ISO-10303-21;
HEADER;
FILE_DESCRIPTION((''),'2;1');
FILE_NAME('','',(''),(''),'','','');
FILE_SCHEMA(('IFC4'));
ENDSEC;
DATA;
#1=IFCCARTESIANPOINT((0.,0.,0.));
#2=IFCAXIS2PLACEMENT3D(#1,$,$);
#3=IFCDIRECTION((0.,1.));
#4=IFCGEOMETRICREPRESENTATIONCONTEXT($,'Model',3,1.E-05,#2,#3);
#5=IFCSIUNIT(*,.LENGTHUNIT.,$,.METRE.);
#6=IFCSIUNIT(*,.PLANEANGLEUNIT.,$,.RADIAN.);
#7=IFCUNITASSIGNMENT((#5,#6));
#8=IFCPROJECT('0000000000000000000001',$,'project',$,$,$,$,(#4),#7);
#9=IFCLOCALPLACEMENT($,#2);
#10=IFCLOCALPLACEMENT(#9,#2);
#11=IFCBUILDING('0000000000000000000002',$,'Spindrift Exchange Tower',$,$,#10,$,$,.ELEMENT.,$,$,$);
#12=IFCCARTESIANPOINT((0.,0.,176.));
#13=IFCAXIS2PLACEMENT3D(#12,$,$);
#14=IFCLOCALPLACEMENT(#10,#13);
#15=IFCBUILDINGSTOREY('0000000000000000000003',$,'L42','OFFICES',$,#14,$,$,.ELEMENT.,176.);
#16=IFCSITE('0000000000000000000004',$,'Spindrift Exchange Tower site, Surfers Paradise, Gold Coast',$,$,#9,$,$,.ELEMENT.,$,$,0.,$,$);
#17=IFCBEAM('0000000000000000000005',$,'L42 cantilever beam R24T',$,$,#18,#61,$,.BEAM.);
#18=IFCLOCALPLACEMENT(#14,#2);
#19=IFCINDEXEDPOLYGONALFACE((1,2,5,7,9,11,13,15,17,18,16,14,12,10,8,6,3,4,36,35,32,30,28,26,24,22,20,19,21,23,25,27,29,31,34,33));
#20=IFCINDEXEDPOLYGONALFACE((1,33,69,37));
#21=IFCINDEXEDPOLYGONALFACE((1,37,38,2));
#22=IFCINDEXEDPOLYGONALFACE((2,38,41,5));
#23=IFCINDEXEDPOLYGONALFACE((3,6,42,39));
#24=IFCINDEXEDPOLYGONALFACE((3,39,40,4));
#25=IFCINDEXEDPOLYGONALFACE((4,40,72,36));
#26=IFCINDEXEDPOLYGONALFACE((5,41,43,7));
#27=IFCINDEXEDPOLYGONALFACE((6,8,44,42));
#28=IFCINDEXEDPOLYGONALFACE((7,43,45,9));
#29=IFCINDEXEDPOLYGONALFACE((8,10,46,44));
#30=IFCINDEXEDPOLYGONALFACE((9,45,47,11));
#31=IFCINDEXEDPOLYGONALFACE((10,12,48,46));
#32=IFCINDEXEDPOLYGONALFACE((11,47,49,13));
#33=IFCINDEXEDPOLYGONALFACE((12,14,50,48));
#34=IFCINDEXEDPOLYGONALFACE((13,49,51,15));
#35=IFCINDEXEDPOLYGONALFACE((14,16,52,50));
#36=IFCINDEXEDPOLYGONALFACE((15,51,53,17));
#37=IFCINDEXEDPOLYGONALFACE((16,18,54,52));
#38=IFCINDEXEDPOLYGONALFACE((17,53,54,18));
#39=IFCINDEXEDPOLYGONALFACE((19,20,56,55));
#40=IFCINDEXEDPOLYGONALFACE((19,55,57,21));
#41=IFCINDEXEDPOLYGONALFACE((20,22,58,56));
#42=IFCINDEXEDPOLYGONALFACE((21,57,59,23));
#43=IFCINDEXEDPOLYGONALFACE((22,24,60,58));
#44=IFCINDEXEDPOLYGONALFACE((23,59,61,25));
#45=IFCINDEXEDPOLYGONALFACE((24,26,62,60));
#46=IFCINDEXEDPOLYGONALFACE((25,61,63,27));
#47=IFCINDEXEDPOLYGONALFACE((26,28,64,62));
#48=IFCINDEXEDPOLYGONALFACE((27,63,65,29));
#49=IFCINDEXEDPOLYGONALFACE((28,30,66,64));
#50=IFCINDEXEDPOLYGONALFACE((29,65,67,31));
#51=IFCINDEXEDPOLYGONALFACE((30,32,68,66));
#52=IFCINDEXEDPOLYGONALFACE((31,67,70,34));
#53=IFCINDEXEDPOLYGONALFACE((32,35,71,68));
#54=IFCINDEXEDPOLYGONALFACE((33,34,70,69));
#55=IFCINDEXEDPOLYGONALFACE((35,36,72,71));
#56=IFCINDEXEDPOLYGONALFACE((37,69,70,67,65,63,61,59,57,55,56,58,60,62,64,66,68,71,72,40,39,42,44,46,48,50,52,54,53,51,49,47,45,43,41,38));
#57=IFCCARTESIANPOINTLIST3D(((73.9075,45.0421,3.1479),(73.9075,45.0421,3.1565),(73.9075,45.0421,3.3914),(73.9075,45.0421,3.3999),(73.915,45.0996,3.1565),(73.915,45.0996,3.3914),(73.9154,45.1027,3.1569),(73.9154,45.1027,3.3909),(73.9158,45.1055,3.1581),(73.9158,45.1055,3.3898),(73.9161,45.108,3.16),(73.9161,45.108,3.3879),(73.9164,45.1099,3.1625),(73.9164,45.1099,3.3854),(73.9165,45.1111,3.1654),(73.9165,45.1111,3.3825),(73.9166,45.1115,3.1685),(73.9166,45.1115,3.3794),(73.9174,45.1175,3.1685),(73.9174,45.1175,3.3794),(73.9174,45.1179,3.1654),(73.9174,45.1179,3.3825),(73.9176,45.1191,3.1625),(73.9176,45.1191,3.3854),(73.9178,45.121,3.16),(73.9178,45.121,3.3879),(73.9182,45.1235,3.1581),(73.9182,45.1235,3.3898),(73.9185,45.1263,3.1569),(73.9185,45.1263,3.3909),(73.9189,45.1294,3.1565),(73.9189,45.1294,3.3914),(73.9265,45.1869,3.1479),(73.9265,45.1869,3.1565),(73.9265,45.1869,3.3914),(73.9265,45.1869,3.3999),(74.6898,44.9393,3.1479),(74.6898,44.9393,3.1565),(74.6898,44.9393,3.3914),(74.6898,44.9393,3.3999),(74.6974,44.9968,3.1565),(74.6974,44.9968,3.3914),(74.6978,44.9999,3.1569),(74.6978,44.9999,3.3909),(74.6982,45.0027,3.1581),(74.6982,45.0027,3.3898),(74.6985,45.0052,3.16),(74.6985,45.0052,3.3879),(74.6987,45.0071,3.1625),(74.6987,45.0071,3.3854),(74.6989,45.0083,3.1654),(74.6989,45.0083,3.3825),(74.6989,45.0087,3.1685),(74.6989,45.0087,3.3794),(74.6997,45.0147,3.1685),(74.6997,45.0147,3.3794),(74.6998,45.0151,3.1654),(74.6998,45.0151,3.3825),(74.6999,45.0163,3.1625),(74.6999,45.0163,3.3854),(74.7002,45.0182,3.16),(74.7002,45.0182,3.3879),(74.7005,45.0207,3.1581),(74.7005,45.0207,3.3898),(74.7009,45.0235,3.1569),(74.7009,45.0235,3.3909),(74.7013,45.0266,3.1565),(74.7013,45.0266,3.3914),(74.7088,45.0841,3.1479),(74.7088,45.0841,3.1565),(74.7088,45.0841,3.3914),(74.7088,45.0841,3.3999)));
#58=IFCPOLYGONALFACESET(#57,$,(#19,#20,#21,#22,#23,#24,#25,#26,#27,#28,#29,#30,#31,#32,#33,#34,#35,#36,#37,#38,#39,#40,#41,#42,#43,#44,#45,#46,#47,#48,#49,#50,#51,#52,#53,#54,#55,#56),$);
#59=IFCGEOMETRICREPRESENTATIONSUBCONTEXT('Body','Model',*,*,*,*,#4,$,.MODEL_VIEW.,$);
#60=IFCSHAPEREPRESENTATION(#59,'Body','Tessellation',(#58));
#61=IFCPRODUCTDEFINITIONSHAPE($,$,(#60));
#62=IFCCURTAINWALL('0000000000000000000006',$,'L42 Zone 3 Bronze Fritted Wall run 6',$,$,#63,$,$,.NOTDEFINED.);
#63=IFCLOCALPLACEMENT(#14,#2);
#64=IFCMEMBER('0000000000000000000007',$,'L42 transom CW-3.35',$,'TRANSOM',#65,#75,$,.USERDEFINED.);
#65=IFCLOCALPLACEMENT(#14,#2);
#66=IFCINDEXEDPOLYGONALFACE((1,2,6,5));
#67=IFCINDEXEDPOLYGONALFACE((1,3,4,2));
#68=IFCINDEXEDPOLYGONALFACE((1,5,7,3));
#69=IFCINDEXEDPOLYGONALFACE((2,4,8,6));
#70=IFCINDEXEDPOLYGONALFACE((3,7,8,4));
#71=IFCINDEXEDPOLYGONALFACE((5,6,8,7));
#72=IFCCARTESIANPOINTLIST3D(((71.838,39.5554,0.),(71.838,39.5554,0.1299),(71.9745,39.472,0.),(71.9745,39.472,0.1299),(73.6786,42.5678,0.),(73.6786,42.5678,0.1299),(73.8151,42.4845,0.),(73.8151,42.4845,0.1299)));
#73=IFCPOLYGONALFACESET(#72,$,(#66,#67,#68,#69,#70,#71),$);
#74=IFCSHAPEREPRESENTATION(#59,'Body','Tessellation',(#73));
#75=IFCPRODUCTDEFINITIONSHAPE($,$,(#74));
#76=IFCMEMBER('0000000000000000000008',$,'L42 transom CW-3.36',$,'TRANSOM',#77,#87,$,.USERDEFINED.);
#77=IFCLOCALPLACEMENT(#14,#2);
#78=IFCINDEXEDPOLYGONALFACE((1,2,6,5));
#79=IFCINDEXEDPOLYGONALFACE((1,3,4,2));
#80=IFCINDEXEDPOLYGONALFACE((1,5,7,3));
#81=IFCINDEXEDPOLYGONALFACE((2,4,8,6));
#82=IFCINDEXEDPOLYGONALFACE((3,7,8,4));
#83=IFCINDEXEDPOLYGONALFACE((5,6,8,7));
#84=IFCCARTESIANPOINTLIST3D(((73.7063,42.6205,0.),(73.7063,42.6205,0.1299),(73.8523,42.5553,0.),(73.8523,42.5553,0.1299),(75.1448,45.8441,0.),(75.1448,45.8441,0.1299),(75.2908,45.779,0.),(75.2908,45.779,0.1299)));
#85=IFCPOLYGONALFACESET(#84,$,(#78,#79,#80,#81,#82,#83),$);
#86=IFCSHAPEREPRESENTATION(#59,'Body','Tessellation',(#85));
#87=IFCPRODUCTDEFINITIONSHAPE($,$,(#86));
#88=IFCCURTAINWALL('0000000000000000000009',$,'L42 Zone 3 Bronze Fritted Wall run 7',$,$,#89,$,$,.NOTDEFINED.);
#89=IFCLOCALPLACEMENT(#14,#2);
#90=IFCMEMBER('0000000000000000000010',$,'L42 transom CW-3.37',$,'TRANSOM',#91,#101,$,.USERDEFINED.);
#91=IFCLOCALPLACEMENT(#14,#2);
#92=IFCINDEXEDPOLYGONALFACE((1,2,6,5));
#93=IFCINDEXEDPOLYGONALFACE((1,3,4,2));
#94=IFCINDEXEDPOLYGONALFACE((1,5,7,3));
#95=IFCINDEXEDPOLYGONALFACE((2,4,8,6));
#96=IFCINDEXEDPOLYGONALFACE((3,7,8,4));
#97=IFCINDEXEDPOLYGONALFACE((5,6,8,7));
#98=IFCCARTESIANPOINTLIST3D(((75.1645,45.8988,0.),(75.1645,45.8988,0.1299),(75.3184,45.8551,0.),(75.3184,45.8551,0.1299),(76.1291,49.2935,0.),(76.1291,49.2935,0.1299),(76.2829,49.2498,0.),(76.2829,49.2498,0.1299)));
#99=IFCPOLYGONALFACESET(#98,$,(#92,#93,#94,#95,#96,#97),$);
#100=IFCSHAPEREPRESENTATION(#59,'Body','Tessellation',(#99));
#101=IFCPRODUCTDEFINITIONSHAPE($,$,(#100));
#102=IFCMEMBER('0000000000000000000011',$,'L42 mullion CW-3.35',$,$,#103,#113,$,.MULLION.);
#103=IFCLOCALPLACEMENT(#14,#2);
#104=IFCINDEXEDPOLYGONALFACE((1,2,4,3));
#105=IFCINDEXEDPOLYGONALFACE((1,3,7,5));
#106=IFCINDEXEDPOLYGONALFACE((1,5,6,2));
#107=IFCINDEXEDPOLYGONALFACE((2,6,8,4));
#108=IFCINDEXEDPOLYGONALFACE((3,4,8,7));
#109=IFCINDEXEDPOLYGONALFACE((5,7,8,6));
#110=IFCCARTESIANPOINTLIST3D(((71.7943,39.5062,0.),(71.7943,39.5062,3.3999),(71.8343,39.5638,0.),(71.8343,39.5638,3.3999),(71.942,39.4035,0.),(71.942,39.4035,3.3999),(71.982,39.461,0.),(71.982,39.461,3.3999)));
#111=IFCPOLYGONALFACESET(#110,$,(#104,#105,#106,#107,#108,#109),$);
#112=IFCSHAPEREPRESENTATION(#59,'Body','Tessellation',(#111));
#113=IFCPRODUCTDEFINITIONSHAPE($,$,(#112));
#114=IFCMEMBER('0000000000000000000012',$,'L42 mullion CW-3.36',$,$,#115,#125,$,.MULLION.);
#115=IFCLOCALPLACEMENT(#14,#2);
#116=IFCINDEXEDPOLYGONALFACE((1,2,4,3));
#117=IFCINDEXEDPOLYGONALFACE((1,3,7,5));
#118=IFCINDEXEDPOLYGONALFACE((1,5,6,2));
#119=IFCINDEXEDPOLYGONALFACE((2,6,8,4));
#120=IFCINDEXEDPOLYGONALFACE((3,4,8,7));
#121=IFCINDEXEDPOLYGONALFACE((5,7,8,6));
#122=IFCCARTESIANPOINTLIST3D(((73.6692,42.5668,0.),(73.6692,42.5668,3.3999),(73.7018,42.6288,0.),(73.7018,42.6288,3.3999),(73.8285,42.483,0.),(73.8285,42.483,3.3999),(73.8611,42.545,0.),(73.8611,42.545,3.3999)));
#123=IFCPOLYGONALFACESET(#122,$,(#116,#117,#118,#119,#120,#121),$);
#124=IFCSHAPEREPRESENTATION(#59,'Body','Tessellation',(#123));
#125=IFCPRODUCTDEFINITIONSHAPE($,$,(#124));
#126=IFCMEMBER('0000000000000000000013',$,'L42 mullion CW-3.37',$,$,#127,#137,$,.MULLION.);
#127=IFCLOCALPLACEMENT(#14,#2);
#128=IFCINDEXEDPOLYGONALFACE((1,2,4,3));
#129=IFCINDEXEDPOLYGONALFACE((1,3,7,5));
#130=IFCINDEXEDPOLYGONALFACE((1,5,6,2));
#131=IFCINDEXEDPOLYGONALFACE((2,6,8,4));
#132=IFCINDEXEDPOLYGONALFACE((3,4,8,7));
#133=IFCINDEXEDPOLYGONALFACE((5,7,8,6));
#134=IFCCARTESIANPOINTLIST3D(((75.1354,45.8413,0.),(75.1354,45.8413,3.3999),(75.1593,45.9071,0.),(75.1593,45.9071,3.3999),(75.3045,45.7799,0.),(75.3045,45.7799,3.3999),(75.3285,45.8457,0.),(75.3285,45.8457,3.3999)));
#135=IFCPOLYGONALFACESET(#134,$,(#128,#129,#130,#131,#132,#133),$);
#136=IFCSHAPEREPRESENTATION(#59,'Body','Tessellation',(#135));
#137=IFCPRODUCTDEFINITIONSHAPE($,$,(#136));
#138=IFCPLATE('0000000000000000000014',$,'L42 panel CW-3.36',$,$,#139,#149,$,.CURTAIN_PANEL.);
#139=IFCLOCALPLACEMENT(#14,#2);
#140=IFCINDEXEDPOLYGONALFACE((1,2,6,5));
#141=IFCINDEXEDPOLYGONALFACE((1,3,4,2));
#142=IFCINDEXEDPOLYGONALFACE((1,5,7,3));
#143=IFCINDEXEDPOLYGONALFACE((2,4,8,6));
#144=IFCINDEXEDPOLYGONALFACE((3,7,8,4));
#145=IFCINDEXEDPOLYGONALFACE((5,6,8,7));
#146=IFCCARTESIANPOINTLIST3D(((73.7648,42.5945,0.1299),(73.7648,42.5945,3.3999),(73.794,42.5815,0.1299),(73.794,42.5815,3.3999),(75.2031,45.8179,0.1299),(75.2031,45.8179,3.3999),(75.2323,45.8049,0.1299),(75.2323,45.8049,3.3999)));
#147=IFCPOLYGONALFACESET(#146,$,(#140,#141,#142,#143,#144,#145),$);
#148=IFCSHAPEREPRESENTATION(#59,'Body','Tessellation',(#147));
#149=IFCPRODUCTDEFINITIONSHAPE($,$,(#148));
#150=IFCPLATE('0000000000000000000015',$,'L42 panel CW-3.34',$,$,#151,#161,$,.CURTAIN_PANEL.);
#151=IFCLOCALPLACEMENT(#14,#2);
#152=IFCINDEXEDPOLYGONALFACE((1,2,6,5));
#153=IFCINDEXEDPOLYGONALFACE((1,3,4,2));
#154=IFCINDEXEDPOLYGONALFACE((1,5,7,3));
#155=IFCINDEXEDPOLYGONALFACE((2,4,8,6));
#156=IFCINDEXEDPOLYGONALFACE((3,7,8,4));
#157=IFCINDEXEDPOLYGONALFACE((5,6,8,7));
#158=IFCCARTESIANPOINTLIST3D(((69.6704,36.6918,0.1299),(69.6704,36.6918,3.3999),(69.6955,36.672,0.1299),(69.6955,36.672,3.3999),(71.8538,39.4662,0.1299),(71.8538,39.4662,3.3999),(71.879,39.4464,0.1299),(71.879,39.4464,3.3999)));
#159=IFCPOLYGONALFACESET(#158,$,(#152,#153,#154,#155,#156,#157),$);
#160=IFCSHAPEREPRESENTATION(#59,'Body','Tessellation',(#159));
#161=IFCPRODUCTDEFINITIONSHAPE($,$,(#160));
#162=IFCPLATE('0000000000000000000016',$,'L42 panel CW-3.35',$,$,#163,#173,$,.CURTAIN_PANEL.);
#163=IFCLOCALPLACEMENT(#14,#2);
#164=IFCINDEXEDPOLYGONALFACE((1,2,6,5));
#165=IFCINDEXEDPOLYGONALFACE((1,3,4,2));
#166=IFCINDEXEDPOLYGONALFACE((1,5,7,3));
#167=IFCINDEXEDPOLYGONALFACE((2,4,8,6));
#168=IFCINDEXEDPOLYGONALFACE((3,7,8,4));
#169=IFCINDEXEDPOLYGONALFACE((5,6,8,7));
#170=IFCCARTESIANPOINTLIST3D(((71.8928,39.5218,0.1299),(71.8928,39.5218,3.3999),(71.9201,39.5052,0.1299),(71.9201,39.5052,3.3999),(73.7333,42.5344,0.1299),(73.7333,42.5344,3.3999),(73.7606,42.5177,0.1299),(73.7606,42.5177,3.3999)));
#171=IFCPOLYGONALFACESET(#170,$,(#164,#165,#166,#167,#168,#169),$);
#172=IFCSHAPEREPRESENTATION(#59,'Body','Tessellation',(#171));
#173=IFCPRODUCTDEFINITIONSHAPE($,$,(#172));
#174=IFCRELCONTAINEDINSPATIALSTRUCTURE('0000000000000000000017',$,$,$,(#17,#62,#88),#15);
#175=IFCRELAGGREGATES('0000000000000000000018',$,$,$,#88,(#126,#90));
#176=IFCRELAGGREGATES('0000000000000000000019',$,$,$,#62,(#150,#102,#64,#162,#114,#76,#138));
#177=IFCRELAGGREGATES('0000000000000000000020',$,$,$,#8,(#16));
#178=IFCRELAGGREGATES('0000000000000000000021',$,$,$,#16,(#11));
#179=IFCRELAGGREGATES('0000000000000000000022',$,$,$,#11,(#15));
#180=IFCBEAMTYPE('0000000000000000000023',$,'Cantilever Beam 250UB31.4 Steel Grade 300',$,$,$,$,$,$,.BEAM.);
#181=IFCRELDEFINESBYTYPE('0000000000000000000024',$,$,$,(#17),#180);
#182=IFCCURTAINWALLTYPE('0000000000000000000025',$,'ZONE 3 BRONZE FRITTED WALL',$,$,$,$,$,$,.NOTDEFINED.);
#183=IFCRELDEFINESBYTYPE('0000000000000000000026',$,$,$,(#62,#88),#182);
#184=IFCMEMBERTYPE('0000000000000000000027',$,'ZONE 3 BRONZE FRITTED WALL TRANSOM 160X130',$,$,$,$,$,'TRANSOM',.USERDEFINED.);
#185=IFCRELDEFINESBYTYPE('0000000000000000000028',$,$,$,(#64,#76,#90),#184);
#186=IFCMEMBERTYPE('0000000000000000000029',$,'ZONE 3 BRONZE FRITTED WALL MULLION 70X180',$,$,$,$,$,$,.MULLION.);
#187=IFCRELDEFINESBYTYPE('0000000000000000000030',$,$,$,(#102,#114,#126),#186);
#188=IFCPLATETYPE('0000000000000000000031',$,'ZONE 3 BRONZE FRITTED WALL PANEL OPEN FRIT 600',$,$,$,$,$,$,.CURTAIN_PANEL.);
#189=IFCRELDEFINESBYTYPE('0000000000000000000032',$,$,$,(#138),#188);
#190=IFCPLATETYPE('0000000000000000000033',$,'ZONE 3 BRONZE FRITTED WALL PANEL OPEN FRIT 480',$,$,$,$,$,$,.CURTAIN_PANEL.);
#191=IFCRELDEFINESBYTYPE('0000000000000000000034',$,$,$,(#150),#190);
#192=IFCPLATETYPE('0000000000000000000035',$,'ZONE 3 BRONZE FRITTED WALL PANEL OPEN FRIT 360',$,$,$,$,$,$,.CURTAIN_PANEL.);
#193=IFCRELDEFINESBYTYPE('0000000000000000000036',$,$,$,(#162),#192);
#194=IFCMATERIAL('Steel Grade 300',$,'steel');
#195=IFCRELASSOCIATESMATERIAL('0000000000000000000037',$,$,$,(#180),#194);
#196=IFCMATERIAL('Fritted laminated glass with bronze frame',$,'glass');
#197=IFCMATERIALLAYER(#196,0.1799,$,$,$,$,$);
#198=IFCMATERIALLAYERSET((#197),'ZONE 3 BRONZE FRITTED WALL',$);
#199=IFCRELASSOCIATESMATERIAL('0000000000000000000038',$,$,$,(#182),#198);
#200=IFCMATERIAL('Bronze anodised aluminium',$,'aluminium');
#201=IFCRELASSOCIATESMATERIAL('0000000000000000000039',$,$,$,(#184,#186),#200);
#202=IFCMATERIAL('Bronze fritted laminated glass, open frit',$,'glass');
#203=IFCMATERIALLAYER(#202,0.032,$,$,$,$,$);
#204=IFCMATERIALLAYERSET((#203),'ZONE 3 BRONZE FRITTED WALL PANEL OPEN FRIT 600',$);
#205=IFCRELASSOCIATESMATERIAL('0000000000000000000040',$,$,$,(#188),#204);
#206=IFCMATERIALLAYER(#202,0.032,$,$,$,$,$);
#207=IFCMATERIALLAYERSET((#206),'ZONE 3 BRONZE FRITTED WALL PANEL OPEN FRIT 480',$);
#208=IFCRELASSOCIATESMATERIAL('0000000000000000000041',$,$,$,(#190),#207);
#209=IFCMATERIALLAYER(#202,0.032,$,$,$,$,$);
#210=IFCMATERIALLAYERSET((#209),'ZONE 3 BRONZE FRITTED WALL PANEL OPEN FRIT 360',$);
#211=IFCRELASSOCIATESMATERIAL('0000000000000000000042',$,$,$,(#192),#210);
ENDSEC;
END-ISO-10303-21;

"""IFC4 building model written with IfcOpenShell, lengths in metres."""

from ifc_helpers import new_model, si_unit, direction, frame, origin, origin_2d, place, context, subcontext, project, spatial, rectangle, i_section, extrude, source, transform, mapped, material, layer, layer_set, material_profile, profile_set, type_object, element, aggregate, save


model = new_model("IFC4")

# Units and contexts
model_context = context("Model", 3, precision=1e-05, world=origin(), true_north=direction((0.0, 1.0)))
body_context = subcontext(model_context, "Body", "Model", "MODEL_VIEW")
ifc_project = project(units=[si_unit("LENGTHUNIT", "METRE"), si_unit("PLANEANGLEUNIT", "RADIAN")], contexts=[model_context])

# Site, building, storey
site_placement = place(None, origin())
site = spatial("IfcSite", under=ifc_project, at=site_placement, Name="Spindrift Exchange Tower site, Surfers Paradise, Gold Coast", CompositionType="ELEMENT", RefElevation=0.0)
building_placement = place(site_placement, origin())
building = spatial("IfcBuilding", under=site, at=building_placement, Name="Spindrift Exchange Tower", CompositionType="ELEMENT")
storey_placement = place(building_placement, frame((0.0, 0.0, 176.0)))
storey = spatial("IfcBuildingStorey", under=building, at=storey_placement, Name="L42", Description="OFFICES", CompositionType="ELEMENT", Elevation=176.0)

# Beam
ifc_material_1 = material(Name="Steel Grade 300", Category="steel")
ifc_material_profile_1 = material_profile(ifc_material_1, i_section(OverallWidth=0.146, OverallDepth=0.252, WebThickness=0.0061, FlangeThickness=0.0085, FilletRadius=0.012, at=origin_2d()), Name="250UB31.4")
ifc_profile_set_1 = profile_set([ifc_material_profile_1], Name="Steel Grade 300")
beam_type_1 = type_object("IfcBeamType", Name="Cantilever Beam 250UB31.4 Steel Grade 300", PredefinedType="BEAM", material=ifc_profile_set_1)
shared_shape_1 = source(origin(), body_context, "Body", "SweptSolid", [
    extrude(i_section(OverallWidth=0.146, OverallDepth=0.252, WebThickness=0.0061, FlangeThickness=0.0085, FilletRadius=0.012, at=origin_2d()), origin(), (0.0, 0.0, 1.0), 0.7891),
])
beam_1_placement = place(storey_placement, frame((73.917, 45.1145, 3.2739), z_axis=(0.991477, -0.130278, 0.0), x_axis=(0.130278, 0.991477, 0.0)))
element("IfcBeam", 1, at=beam_1_placement, inside=storey, type_object=beam_type_1, Name="L42 cantilever beam R24T", PredefinedType="BEAM", context=body_context, shape_type="MappedRepresentation", body=[
    mapped(shared_shape_1, transform((0.0, 0.0, 0.0), scale=1.0)),
])

# Curtain wall, members
ifc_material_2 = material(Name="Fritted laminated glass with bronze frame", Category="glass")
ifc_layer_1 = layer(ifc_material_2, 0.1799)
ifc_layer_set_1 = layer_set([ifc_layer_1], Name="ZONE 3 BRONZE FRITTED WALL")
curtain_wall_type = type_object("IfcCurtainWallType", Name="ZONE 3 BRONZE FRITTED WALL", PredefinedType="NOTDEFINED", material=ifc_layer_set_1)
curtain_wall_1_placement = place(storey_placement, origin())
curtain_wall_1 = element("IfcCurtainWall", 2, at=curtain_wall_1_placement, inside=storey, type_object=curtain_wall_type, Name="L42 Zone 3 Bronze Fritted Wall run 6", PredefinedType="NOTDEFINED")
ifc_material_3 = material(Name="Bronze anodised aluminium", Category="aluminium")
ifc_material_profile_2 = material_profile(ifc_material_3, rectangle(XDim=0.1599, YDim=0.1299, at=origin_2d()), Name="ZONE 3 BRONZE FRITTED WALL TRANSOM 160X130")
ifc_profile_set_2 = profile_set([ifc_material_profile_2], Name="Bronze anodised aluminium")
member_type_1 = type_object("IfcMemberType", Name="ZONE 3 BRONZE FRITTED WALL TRANSOM 160X130", ElementType="TRANSOM", PredefinedType="USERDEFINED", material=ifc_profile_set_2)
shared_shape_2 = source(origin(), body_context, "Body", "SweptSolid", [
    extrude(rectangle(XDim=0.1599, YDim=0.1299, at=origin_2d()), origin(), (0.0, 0.0, 1.0), 3.5303),
])
member_1_placement = place(storey_placement, frame((71.9062, 39.5137, 0.0649), z_axis=(0.521374, 0.853328, 0.0), x_axis=(-0.853328, 0.521374, 0.0)))
member_1 = element("IfcMember", 3, at=member_1_placement, type_object=member_type_1, Name="L42 transom CW-3.35", ObjectType="TRANSOM", PredefinedType="USERDEFINED", context=body_context, shape_type="MappedRepresentation", body=[
    mapped(shared_shape_2, transform((0.0, 0.0, 0.0), scale=1.0)),
])
shared_shape_3 = source(origin(), body_context, "Body", "SweptSolid", [
    extrude(rectangle(XDim=0.1599, YDim=0.1299, at=origin_2d()), origin(), (0.0, 0.0, 1.0), 3.53),
])
member_2_placement = place(storey_placement, frame((73.7793, 42.5879, 0.0649), z_axis=(0.407498, 0.913206, 0.0), x_axis=(-0.913206, 0.407498, 0.0)))
member_2 = element("IfcMember", 4, at=member_2_placement, type_object=member_type_1, Name="L42 transom CW-3.36", ObjectType="TRANSOM", PredefinedType="USERDEFINED", context=body_context, shape_type="MappedRepresentation", body=[
    mapped(shared_shape_3, transform((0.0, 0.0, 0.0), scale=1.0)),
])

# Curtain wall, member
curtain_wall_2_placement = place(storey_placement, origin())
curtain_wall_2 = element("IfcCurtainWall", 5, at=curtain_wall_2_placement, inside=storey, type_object=curtain_wall_type, Name="L42 Zone 3 Bronze Fritted Wall run 7", PredefinedType="NOTDEFINED")
shared_shape_4 = source(origin(), body_context, "Body", "SweptSolid", [
    extrude(rectangle(XDim=0.1599, YDim=0.1299, at=origin_2d()), origin(), (0.0, 0.0, 1.0), 3.5291),
])
member_3_placement = place(storey_placement, frame((75.2415, 45.877, 0.0649), z_axis=(0.273323, 0.961922, 0.0), x_axis=(-0.961922, 0.273323, 0.0)))
member_3 = element("IfcMember", 6, at=member_3_placement, type_object=member_type_1, Name="L42 transom CW-3.37", ObjectType="TRANSOM", PredefinedType="USERDEFINED", context=body_context, shape_type="MappedRepresentation", body=[
    mapped(shared_shape_4, transform((0.0, 0.0, 0.0), scale=1.0)),
])

# Members
ifc_material_profile_3 = material_profile(ifc_material_3, rectangle(XDim=0.0701, YDim=0.1799, at=origin_2d()), Name="ZONE 3 BRONZE FRITTED WALL MULLION 70X180")
ifc_profile_set_3 = profile_set([ifc_material_profile_3], Name="Bronze anodised aluminium")
member_type_2 = type_object("IfcMemberType", Name="ZONE 3 BRONZE FRITTED WALL MULLION 70X180", PredefinedType="MULLION", material=ifc_profile_set_3)
shared_shape_5 = source(origin(), body_context, "Body", "SweptSolid", [
    extrude(rectangle(XDim=0.0701, YDim=0.1799, at=origin_2d()), origin(), (0.0, 0.0, 1.0), 3.3999),
])
member_4_placement = place(storey_placement, frame((71.8882, 39.4836, 0.0), z_axis=(0.0, 0.0, 1.0), x_axis=(0.5709, 0.821019, 0.0)))
member_4 = element("IfcMember", 7, at=member_4_placement, type_object=member_type_2, Name="L42 mullion CW-3.35", PredefinedType="MULLION", context=body_context, shape_type="MappedRepresentation", body=[
    mapped(shared_shape_5, transform((0.0, 0.0, 0.0), scale=1.0)),
])
member_5_placement = place(storey_placement, frame((73.7651, 42.5559, 0.0), z_axis=(0.0, 0.0, 1.0), x_axis=(0.465382, 0.88511, 0.0)))
member_5 = element("IfcMember", 8, at=member_5_placement, type_object=member_type_2, Name="L42 mullion CW-3.36", PredefinedType="MULLION", context=body_context, shape_type="MappedRepresentation", body=[
    mapped(shared_shape_5, transform((0.0, 0.0, 0.0), scale=1.0)),
])
member_6_placement = place(storey_placement, frame((75.2319, 45.8435, 0.0), z_axis=(0.0, 0.0, 1.0), x_axis=(0.341274, 0.939964, 0.0)))
member_6 = element("IfcMember", 9, at=member_6_placement, type_object=member_type_2, Name="L42 mullion CW-3.37", PredefinedType="MULLION", context=body_context, shape_type="MappedRepresentation", body=[
    mapped(shared_shape_5, transform((0.0, 0.0, 0.0), scale=1.0)),
])
aggregate(curtain_wall_2, [member_6, member_3])

# Plates
ifc_material_4 = material(Name="Bronze fritted laminated glass, open frit", Category="glass")
ifc_layer_2 = layer(ifc_material_4, 0.032)
ifc_layer_set_2 = layer_set([ifc_layer_2], Name="ZONE 3 BRONZE FRITTED WALL PANEL OPEN FRIT 600")
plate_type_1 = type_object("IfcPlateType", Name="ZONE 3 BRONZE FRITTED WALL PANEL OPEN FRIT 600", PredefinedType="CURTAIN_PANEL", material=ifc_layer_set_2)
shared_shape_6 = source(origin(), body_context, "Body", "SweptSolid", [
    extrude(rectangle(XDim=3.5298, YDim=0.032, at=origin_2d()), origin(), (0.0, 0.0, 1.0), 3.27),
])
plate_1_placement = place(storey_placement, frame((74.4985, 44.1997, 0.1299), z_axis=(0.0, 0.0, 1.0), x_axis=(0.407491, 0.913209, 0.0)))
plate_1 = element("IfcPlate", 10, at=plate_1_placement, type_object=plate_type_1, Name="L42 panel CW-3.36", PredefinedType="CURTAIN_PANEL", context=body_context, shape_type="MappedRepresentation", body=[
    mapped(shared_shape_6, transform((0.0, 0.0, 0.0), scale=1.0)),
])
ifc_layer_3 = layer(ifc_material_4, 0.032)
ifc_layer_set_3 = layer_set([ifc_layer_3], Name="ZONE 3 BRONZE FRITTED WALL PANEL OPEN FRIT 480")
plate_type_2 = type_object("IfcPlateType", Name="ZONE 3 BRONZE FRITTED WALL PANEL OPEN FRIT 480", PredefinedType="CURTAIN_PANEL", material=ifc_layer_set_3)
shared_shape_7 = source(origin(), body_context, "Body", "SweptSolid", [
    extrude(rectangle(XDim=3.5305, YDim=0.032, at=origin_2d()), origin(), (0.0, 0.0, 1.0), 3.27),
])
plate_2_placement = place(storey_placement, frame((70.7747, 38.0691, 0.1299), z_axis=(0.0, 0.0, 1.0), x_axis=(0.618456, 0.785819, 0.0)))
plate_2 = element("IfcPlate", 11, at=plate_2_placement, type_object=plate_type_2, Name="L42 panel CW-3.34", PredefinedType="CURTAIN_PANEL", context=body_context, shape_type="MappedRepresentation", body=[
    mapped(shared_shape_7, transform((0.0, 0.0, 0.0), scale=1.0)),
])
ifc_layer_4 = layer(ifc_material_4, 0.032)
ifc_layer_set_4 = layer_set([ifc_layer_4], Name="ZONE 3 BRONZE FRITTED WALL PANEL OPEN FRIT 360")
plate_type_3 = type_object("IfcPlateType", Name="ZONE 3 BRONZE FRITTED WALL PANEL OPEN FRIT 360", PredefinedType="CURTAIN_PANEL", material=ifc_layer_set_4)
shared_shape_8 = source(origin(), body_context, "Body", "SweptSolid", [
    extrude(rectangle(XDim=3.5303, YDim=0.032, at=origin_2d()), origin(), (0.0, 0.0, 1.0), 3.27),
])
plate_3_placement = place(storey_placement, frame((72.8267, 41.0198, 0.1299), z_axis=(0.0, 0.0, 1.0), x_axis=(0.521345, 0.853346, 0.0)))
plate_3 = element("IfcPlate", 12, at=plate_3_placement, type_object=plate_type_3, Name="L42 panel CW-3.35", PredefinedType="CURTAIN_PANEL", context=body_context, shape_type="MappedRepresentation", body=[
    mapped(shared_shape_8, transform((0.0, 0.0, 0.0), scale=1.0)),
])
aggregate(curtain_wall_1, [plate_2, member_4, member_1, plate_3, member_5, member_2, plate_1])

save(model, "model.ifc")
